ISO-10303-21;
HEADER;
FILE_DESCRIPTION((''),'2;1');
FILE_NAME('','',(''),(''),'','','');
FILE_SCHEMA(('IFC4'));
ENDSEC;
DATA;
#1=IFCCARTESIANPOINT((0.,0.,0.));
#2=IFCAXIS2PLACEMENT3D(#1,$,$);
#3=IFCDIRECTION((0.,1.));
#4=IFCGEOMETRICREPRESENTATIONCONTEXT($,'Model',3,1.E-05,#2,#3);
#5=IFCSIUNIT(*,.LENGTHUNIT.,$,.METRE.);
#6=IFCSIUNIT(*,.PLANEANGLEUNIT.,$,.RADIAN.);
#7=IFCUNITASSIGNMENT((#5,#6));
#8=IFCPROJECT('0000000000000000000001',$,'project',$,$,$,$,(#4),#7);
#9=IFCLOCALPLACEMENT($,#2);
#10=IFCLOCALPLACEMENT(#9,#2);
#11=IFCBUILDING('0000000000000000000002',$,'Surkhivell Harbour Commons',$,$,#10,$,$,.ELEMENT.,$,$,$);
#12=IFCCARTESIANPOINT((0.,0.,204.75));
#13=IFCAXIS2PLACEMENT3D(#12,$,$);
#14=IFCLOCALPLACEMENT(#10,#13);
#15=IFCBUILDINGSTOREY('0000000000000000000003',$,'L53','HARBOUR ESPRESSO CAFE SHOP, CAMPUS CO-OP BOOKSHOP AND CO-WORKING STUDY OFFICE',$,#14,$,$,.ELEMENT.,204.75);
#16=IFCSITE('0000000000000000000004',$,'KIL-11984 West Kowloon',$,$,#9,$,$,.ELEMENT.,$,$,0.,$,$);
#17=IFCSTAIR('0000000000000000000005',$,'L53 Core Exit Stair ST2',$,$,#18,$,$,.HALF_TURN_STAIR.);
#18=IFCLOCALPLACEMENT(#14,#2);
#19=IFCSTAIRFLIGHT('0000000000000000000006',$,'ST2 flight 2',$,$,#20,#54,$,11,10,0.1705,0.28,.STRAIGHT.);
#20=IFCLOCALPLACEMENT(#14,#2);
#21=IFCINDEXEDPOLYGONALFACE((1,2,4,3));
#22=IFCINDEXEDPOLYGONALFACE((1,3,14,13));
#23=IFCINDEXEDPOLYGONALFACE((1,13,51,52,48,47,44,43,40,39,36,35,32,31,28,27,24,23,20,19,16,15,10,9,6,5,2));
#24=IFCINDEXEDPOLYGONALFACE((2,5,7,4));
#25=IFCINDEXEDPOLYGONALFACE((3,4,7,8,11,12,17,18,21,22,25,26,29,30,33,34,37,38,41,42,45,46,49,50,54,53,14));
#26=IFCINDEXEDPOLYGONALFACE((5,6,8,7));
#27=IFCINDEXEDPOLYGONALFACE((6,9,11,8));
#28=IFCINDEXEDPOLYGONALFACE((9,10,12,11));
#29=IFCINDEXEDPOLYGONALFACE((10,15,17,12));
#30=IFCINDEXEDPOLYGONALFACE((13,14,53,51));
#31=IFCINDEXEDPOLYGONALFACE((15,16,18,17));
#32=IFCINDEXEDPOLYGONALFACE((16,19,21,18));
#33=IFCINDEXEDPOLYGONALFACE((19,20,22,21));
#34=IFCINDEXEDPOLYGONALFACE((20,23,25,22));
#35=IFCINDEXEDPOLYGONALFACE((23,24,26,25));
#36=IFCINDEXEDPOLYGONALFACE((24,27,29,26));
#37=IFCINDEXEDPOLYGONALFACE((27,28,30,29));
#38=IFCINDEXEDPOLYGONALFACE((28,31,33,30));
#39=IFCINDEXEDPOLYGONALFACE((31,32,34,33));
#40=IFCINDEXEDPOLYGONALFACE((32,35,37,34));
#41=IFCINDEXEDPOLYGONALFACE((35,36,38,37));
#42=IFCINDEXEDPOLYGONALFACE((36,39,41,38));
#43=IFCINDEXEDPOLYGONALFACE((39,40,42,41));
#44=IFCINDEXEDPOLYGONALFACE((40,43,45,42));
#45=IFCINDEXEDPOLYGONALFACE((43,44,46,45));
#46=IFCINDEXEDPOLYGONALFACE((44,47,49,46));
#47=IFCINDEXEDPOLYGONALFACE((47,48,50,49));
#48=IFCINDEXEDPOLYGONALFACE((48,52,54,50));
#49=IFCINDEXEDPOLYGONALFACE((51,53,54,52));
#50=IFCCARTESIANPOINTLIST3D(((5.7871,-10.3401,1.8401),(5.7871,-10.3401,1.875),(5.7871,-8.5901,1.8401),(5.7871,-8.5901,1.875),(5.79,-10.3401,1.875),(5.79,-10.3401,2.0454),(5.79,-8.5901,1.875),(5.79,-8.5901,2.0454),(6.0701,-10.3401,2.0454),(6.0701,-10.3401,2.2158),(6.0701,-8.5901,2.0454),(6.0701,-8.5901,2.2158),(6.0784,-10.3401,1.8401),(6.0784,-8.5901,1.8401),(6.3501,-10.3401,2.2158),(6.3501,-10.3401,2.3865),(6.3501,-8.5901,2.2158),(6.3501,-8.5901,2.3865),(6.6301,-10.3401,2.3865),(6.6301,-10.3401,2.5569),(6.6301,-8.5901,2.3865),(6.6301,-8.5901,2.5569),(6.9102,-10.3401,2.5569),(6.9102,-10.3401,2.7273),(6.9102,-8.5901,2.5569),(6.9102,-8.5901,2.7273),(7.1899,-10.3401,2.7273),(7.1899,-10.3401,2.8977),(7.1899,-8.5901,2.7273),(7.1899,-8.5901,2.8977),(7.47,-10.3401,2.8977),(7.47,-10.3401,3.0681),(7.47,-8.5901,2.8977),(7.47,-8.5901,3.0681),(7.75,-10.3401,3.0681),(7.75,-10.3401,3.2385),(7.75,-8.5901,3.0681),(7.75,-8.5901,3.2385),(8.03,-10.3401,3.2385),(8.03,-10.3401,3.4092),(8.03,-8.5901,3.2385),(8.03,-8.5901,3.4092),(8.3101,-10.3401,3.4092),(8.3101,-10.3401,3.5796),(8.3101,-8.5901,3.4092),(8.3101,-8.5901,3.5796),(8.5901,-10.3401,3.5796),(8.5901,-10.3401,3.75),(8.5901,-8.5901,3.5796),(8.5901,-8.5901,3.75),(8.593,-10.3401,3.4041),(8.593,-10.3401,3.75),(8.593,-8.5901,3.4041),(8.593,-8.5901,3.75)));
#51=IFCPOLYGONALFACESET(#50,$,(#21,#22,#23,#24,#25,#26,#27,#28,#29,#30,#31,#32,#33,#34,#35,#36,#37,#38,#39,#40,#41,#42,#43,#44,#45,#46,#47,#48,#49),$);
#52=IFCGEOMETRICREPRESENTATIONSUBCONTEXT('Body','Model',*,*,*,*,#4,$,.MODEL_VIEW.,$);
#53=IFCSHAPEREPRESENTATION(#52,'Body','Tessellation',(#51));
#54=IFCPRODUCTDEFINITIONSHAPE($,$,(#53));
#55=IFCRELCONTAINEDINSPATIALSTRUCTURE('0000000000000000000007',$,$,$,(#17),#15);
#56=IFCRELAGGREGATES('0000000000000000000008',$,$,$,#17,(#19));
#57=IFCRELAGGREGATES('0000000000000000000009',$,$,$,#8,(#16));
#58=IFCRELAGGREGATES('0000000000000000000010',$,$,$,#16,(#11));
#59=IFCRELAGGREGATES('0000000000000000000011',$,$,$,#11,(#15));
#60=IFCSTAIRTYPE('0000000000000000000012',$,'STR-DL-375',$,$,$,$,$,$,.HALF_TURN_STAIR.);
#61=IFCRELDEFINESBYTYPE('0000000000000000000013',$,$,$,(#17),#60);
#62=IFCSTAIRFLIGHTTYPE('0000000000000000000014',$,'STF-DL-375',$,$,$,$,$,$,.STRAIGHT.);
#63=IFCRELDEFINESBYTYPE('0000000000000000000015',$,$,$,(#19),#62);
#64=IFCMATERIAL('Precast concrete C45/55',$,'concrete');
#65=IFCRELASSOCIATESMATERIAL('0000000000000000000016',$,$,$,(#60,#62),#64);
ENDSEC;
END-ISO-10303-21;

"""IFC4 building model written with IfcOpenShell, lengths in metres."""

from ifc_helpers import new_model, si_unit, direction, frame, origin, place, context, subcontext, project, spatial, polyline, outline, extrude, material, type_object, element, aggregate, save


model = new_model("IFC4")

# Units and contexts
model_context = context("Model", 3, precision=1e-05, world=origin(), true_north=direction((0.0, 1.0)))
body_context = subcontext(model_context, "Body", "Model", "MODEL_VIEW")
ifc_project = project(units=[si_unit("LENGTHUNIT", "METRE"), si_unit("PLANEANGLEUNIT", "RADIAN")], contexts=[model_context])

# Site, building, storey
site_placement = place(None, origin())
site = spatial("IfcSite", under=ifc_project, at=site_placement, Name="KIL-11984 West Kowloon", CompositionType="ELEMENT", RefElevation=0.0)
building_placement = place(site_placement, origin())
building = spatial("IfcBuilding", under=site, at=building_placement, Name="Surkhivell Harbour Commons", CompositionType="ELEMENT")
storey_placement = place(building_placement, frame((0.0, 0.0, 204.75)))
storey = spatial("IfcBuildingStorey", under=building, at=storey_placement, Name="L53", Description="HARBOUR ESPRESSO CAFE SHOP, CAMPUS CO-OP BOOKSHOP AND CO-WORKING STUDY OFFICE", CompositionType="ELEMENT", Elevation=204.75)

# Stair, stair flight
ifc_material_1 = material(Name="Precast concrete C45/55", Category="concrete")
stair_type = type_object("IfcStairType", Name="STR-DL-375", PredefinedType="HALF_TURN_STAIR", material=ifc_material_1)
stair_placement = place(storey_placement, origin())
stair = element("IfcStair", 1, at=stair_placement, inside=storey, type_object=stair_type, Name="L53 Core Exit Stair ST2", PredefinedType="HALF_TURN_STAIR")
stair_flight_type = type_object("IfcStairFlightType", Name="STF-DL-375", PredefinedType="STRAIGHT", material=ifc_material_1)
stair_flight_placement = place(storey_placement, frame((5.79, -9.4651, 1.875), z_axis=(0.0, 0.0, 1.0), x_axis=(1.0, 0.0, 0.0)))
stair_flight = element("IfcStairFlight", 2, at=stair_flight_placement, type_object=stair_flight_type, Name="ST2 flight 2", NumberOfRisers=11, NumberOfTreads=10, PredefinedType="STRAIGHT", RiserHeight=0.1705, TreadLength=0.28, context=body_context, shape_type="SweptSolid", body=[
    extrude(outline(polyline([(-0.0029, -0.0349), (-0.0029, 0.0), (0.0, 0.0), (0.0, 0.1704), (0.28, 0.1704), (0.28, 0.3408), (0.5601, 0.3408), (0.5601, 0.5115), (0.8401, 0.5115), (0.8401, 0.6819), (1.1201, 0.6819), (1.1201, 0.8523), (1.3999, 0.8523), (1.3999, 1.0227), (1.6799, 1.0227), (1.6799, 1.1931), (1.96, 1.1931), (1.96, 1.3635), (2.24, 1.3635), (2.24, 1.5342), (2.52, 1.5342), (2.52, 1.7046), (2.8, 1.7046), (2.8, 1.875), (2.803, 1.875), (2.803, 1.5291), (0.2883, -0.0349), (-0.0029, -0.0349)])), frame((0.0, 0.875, 0.0), z_axis=(0.0, -1.0, 0.0), x_axis=(1.0, 0.0, 0.0)), (0.0, 0.0, 1.0), 1.75),
])
aggregate(stair, [stair_flight])

save(model, "model.ifc")
